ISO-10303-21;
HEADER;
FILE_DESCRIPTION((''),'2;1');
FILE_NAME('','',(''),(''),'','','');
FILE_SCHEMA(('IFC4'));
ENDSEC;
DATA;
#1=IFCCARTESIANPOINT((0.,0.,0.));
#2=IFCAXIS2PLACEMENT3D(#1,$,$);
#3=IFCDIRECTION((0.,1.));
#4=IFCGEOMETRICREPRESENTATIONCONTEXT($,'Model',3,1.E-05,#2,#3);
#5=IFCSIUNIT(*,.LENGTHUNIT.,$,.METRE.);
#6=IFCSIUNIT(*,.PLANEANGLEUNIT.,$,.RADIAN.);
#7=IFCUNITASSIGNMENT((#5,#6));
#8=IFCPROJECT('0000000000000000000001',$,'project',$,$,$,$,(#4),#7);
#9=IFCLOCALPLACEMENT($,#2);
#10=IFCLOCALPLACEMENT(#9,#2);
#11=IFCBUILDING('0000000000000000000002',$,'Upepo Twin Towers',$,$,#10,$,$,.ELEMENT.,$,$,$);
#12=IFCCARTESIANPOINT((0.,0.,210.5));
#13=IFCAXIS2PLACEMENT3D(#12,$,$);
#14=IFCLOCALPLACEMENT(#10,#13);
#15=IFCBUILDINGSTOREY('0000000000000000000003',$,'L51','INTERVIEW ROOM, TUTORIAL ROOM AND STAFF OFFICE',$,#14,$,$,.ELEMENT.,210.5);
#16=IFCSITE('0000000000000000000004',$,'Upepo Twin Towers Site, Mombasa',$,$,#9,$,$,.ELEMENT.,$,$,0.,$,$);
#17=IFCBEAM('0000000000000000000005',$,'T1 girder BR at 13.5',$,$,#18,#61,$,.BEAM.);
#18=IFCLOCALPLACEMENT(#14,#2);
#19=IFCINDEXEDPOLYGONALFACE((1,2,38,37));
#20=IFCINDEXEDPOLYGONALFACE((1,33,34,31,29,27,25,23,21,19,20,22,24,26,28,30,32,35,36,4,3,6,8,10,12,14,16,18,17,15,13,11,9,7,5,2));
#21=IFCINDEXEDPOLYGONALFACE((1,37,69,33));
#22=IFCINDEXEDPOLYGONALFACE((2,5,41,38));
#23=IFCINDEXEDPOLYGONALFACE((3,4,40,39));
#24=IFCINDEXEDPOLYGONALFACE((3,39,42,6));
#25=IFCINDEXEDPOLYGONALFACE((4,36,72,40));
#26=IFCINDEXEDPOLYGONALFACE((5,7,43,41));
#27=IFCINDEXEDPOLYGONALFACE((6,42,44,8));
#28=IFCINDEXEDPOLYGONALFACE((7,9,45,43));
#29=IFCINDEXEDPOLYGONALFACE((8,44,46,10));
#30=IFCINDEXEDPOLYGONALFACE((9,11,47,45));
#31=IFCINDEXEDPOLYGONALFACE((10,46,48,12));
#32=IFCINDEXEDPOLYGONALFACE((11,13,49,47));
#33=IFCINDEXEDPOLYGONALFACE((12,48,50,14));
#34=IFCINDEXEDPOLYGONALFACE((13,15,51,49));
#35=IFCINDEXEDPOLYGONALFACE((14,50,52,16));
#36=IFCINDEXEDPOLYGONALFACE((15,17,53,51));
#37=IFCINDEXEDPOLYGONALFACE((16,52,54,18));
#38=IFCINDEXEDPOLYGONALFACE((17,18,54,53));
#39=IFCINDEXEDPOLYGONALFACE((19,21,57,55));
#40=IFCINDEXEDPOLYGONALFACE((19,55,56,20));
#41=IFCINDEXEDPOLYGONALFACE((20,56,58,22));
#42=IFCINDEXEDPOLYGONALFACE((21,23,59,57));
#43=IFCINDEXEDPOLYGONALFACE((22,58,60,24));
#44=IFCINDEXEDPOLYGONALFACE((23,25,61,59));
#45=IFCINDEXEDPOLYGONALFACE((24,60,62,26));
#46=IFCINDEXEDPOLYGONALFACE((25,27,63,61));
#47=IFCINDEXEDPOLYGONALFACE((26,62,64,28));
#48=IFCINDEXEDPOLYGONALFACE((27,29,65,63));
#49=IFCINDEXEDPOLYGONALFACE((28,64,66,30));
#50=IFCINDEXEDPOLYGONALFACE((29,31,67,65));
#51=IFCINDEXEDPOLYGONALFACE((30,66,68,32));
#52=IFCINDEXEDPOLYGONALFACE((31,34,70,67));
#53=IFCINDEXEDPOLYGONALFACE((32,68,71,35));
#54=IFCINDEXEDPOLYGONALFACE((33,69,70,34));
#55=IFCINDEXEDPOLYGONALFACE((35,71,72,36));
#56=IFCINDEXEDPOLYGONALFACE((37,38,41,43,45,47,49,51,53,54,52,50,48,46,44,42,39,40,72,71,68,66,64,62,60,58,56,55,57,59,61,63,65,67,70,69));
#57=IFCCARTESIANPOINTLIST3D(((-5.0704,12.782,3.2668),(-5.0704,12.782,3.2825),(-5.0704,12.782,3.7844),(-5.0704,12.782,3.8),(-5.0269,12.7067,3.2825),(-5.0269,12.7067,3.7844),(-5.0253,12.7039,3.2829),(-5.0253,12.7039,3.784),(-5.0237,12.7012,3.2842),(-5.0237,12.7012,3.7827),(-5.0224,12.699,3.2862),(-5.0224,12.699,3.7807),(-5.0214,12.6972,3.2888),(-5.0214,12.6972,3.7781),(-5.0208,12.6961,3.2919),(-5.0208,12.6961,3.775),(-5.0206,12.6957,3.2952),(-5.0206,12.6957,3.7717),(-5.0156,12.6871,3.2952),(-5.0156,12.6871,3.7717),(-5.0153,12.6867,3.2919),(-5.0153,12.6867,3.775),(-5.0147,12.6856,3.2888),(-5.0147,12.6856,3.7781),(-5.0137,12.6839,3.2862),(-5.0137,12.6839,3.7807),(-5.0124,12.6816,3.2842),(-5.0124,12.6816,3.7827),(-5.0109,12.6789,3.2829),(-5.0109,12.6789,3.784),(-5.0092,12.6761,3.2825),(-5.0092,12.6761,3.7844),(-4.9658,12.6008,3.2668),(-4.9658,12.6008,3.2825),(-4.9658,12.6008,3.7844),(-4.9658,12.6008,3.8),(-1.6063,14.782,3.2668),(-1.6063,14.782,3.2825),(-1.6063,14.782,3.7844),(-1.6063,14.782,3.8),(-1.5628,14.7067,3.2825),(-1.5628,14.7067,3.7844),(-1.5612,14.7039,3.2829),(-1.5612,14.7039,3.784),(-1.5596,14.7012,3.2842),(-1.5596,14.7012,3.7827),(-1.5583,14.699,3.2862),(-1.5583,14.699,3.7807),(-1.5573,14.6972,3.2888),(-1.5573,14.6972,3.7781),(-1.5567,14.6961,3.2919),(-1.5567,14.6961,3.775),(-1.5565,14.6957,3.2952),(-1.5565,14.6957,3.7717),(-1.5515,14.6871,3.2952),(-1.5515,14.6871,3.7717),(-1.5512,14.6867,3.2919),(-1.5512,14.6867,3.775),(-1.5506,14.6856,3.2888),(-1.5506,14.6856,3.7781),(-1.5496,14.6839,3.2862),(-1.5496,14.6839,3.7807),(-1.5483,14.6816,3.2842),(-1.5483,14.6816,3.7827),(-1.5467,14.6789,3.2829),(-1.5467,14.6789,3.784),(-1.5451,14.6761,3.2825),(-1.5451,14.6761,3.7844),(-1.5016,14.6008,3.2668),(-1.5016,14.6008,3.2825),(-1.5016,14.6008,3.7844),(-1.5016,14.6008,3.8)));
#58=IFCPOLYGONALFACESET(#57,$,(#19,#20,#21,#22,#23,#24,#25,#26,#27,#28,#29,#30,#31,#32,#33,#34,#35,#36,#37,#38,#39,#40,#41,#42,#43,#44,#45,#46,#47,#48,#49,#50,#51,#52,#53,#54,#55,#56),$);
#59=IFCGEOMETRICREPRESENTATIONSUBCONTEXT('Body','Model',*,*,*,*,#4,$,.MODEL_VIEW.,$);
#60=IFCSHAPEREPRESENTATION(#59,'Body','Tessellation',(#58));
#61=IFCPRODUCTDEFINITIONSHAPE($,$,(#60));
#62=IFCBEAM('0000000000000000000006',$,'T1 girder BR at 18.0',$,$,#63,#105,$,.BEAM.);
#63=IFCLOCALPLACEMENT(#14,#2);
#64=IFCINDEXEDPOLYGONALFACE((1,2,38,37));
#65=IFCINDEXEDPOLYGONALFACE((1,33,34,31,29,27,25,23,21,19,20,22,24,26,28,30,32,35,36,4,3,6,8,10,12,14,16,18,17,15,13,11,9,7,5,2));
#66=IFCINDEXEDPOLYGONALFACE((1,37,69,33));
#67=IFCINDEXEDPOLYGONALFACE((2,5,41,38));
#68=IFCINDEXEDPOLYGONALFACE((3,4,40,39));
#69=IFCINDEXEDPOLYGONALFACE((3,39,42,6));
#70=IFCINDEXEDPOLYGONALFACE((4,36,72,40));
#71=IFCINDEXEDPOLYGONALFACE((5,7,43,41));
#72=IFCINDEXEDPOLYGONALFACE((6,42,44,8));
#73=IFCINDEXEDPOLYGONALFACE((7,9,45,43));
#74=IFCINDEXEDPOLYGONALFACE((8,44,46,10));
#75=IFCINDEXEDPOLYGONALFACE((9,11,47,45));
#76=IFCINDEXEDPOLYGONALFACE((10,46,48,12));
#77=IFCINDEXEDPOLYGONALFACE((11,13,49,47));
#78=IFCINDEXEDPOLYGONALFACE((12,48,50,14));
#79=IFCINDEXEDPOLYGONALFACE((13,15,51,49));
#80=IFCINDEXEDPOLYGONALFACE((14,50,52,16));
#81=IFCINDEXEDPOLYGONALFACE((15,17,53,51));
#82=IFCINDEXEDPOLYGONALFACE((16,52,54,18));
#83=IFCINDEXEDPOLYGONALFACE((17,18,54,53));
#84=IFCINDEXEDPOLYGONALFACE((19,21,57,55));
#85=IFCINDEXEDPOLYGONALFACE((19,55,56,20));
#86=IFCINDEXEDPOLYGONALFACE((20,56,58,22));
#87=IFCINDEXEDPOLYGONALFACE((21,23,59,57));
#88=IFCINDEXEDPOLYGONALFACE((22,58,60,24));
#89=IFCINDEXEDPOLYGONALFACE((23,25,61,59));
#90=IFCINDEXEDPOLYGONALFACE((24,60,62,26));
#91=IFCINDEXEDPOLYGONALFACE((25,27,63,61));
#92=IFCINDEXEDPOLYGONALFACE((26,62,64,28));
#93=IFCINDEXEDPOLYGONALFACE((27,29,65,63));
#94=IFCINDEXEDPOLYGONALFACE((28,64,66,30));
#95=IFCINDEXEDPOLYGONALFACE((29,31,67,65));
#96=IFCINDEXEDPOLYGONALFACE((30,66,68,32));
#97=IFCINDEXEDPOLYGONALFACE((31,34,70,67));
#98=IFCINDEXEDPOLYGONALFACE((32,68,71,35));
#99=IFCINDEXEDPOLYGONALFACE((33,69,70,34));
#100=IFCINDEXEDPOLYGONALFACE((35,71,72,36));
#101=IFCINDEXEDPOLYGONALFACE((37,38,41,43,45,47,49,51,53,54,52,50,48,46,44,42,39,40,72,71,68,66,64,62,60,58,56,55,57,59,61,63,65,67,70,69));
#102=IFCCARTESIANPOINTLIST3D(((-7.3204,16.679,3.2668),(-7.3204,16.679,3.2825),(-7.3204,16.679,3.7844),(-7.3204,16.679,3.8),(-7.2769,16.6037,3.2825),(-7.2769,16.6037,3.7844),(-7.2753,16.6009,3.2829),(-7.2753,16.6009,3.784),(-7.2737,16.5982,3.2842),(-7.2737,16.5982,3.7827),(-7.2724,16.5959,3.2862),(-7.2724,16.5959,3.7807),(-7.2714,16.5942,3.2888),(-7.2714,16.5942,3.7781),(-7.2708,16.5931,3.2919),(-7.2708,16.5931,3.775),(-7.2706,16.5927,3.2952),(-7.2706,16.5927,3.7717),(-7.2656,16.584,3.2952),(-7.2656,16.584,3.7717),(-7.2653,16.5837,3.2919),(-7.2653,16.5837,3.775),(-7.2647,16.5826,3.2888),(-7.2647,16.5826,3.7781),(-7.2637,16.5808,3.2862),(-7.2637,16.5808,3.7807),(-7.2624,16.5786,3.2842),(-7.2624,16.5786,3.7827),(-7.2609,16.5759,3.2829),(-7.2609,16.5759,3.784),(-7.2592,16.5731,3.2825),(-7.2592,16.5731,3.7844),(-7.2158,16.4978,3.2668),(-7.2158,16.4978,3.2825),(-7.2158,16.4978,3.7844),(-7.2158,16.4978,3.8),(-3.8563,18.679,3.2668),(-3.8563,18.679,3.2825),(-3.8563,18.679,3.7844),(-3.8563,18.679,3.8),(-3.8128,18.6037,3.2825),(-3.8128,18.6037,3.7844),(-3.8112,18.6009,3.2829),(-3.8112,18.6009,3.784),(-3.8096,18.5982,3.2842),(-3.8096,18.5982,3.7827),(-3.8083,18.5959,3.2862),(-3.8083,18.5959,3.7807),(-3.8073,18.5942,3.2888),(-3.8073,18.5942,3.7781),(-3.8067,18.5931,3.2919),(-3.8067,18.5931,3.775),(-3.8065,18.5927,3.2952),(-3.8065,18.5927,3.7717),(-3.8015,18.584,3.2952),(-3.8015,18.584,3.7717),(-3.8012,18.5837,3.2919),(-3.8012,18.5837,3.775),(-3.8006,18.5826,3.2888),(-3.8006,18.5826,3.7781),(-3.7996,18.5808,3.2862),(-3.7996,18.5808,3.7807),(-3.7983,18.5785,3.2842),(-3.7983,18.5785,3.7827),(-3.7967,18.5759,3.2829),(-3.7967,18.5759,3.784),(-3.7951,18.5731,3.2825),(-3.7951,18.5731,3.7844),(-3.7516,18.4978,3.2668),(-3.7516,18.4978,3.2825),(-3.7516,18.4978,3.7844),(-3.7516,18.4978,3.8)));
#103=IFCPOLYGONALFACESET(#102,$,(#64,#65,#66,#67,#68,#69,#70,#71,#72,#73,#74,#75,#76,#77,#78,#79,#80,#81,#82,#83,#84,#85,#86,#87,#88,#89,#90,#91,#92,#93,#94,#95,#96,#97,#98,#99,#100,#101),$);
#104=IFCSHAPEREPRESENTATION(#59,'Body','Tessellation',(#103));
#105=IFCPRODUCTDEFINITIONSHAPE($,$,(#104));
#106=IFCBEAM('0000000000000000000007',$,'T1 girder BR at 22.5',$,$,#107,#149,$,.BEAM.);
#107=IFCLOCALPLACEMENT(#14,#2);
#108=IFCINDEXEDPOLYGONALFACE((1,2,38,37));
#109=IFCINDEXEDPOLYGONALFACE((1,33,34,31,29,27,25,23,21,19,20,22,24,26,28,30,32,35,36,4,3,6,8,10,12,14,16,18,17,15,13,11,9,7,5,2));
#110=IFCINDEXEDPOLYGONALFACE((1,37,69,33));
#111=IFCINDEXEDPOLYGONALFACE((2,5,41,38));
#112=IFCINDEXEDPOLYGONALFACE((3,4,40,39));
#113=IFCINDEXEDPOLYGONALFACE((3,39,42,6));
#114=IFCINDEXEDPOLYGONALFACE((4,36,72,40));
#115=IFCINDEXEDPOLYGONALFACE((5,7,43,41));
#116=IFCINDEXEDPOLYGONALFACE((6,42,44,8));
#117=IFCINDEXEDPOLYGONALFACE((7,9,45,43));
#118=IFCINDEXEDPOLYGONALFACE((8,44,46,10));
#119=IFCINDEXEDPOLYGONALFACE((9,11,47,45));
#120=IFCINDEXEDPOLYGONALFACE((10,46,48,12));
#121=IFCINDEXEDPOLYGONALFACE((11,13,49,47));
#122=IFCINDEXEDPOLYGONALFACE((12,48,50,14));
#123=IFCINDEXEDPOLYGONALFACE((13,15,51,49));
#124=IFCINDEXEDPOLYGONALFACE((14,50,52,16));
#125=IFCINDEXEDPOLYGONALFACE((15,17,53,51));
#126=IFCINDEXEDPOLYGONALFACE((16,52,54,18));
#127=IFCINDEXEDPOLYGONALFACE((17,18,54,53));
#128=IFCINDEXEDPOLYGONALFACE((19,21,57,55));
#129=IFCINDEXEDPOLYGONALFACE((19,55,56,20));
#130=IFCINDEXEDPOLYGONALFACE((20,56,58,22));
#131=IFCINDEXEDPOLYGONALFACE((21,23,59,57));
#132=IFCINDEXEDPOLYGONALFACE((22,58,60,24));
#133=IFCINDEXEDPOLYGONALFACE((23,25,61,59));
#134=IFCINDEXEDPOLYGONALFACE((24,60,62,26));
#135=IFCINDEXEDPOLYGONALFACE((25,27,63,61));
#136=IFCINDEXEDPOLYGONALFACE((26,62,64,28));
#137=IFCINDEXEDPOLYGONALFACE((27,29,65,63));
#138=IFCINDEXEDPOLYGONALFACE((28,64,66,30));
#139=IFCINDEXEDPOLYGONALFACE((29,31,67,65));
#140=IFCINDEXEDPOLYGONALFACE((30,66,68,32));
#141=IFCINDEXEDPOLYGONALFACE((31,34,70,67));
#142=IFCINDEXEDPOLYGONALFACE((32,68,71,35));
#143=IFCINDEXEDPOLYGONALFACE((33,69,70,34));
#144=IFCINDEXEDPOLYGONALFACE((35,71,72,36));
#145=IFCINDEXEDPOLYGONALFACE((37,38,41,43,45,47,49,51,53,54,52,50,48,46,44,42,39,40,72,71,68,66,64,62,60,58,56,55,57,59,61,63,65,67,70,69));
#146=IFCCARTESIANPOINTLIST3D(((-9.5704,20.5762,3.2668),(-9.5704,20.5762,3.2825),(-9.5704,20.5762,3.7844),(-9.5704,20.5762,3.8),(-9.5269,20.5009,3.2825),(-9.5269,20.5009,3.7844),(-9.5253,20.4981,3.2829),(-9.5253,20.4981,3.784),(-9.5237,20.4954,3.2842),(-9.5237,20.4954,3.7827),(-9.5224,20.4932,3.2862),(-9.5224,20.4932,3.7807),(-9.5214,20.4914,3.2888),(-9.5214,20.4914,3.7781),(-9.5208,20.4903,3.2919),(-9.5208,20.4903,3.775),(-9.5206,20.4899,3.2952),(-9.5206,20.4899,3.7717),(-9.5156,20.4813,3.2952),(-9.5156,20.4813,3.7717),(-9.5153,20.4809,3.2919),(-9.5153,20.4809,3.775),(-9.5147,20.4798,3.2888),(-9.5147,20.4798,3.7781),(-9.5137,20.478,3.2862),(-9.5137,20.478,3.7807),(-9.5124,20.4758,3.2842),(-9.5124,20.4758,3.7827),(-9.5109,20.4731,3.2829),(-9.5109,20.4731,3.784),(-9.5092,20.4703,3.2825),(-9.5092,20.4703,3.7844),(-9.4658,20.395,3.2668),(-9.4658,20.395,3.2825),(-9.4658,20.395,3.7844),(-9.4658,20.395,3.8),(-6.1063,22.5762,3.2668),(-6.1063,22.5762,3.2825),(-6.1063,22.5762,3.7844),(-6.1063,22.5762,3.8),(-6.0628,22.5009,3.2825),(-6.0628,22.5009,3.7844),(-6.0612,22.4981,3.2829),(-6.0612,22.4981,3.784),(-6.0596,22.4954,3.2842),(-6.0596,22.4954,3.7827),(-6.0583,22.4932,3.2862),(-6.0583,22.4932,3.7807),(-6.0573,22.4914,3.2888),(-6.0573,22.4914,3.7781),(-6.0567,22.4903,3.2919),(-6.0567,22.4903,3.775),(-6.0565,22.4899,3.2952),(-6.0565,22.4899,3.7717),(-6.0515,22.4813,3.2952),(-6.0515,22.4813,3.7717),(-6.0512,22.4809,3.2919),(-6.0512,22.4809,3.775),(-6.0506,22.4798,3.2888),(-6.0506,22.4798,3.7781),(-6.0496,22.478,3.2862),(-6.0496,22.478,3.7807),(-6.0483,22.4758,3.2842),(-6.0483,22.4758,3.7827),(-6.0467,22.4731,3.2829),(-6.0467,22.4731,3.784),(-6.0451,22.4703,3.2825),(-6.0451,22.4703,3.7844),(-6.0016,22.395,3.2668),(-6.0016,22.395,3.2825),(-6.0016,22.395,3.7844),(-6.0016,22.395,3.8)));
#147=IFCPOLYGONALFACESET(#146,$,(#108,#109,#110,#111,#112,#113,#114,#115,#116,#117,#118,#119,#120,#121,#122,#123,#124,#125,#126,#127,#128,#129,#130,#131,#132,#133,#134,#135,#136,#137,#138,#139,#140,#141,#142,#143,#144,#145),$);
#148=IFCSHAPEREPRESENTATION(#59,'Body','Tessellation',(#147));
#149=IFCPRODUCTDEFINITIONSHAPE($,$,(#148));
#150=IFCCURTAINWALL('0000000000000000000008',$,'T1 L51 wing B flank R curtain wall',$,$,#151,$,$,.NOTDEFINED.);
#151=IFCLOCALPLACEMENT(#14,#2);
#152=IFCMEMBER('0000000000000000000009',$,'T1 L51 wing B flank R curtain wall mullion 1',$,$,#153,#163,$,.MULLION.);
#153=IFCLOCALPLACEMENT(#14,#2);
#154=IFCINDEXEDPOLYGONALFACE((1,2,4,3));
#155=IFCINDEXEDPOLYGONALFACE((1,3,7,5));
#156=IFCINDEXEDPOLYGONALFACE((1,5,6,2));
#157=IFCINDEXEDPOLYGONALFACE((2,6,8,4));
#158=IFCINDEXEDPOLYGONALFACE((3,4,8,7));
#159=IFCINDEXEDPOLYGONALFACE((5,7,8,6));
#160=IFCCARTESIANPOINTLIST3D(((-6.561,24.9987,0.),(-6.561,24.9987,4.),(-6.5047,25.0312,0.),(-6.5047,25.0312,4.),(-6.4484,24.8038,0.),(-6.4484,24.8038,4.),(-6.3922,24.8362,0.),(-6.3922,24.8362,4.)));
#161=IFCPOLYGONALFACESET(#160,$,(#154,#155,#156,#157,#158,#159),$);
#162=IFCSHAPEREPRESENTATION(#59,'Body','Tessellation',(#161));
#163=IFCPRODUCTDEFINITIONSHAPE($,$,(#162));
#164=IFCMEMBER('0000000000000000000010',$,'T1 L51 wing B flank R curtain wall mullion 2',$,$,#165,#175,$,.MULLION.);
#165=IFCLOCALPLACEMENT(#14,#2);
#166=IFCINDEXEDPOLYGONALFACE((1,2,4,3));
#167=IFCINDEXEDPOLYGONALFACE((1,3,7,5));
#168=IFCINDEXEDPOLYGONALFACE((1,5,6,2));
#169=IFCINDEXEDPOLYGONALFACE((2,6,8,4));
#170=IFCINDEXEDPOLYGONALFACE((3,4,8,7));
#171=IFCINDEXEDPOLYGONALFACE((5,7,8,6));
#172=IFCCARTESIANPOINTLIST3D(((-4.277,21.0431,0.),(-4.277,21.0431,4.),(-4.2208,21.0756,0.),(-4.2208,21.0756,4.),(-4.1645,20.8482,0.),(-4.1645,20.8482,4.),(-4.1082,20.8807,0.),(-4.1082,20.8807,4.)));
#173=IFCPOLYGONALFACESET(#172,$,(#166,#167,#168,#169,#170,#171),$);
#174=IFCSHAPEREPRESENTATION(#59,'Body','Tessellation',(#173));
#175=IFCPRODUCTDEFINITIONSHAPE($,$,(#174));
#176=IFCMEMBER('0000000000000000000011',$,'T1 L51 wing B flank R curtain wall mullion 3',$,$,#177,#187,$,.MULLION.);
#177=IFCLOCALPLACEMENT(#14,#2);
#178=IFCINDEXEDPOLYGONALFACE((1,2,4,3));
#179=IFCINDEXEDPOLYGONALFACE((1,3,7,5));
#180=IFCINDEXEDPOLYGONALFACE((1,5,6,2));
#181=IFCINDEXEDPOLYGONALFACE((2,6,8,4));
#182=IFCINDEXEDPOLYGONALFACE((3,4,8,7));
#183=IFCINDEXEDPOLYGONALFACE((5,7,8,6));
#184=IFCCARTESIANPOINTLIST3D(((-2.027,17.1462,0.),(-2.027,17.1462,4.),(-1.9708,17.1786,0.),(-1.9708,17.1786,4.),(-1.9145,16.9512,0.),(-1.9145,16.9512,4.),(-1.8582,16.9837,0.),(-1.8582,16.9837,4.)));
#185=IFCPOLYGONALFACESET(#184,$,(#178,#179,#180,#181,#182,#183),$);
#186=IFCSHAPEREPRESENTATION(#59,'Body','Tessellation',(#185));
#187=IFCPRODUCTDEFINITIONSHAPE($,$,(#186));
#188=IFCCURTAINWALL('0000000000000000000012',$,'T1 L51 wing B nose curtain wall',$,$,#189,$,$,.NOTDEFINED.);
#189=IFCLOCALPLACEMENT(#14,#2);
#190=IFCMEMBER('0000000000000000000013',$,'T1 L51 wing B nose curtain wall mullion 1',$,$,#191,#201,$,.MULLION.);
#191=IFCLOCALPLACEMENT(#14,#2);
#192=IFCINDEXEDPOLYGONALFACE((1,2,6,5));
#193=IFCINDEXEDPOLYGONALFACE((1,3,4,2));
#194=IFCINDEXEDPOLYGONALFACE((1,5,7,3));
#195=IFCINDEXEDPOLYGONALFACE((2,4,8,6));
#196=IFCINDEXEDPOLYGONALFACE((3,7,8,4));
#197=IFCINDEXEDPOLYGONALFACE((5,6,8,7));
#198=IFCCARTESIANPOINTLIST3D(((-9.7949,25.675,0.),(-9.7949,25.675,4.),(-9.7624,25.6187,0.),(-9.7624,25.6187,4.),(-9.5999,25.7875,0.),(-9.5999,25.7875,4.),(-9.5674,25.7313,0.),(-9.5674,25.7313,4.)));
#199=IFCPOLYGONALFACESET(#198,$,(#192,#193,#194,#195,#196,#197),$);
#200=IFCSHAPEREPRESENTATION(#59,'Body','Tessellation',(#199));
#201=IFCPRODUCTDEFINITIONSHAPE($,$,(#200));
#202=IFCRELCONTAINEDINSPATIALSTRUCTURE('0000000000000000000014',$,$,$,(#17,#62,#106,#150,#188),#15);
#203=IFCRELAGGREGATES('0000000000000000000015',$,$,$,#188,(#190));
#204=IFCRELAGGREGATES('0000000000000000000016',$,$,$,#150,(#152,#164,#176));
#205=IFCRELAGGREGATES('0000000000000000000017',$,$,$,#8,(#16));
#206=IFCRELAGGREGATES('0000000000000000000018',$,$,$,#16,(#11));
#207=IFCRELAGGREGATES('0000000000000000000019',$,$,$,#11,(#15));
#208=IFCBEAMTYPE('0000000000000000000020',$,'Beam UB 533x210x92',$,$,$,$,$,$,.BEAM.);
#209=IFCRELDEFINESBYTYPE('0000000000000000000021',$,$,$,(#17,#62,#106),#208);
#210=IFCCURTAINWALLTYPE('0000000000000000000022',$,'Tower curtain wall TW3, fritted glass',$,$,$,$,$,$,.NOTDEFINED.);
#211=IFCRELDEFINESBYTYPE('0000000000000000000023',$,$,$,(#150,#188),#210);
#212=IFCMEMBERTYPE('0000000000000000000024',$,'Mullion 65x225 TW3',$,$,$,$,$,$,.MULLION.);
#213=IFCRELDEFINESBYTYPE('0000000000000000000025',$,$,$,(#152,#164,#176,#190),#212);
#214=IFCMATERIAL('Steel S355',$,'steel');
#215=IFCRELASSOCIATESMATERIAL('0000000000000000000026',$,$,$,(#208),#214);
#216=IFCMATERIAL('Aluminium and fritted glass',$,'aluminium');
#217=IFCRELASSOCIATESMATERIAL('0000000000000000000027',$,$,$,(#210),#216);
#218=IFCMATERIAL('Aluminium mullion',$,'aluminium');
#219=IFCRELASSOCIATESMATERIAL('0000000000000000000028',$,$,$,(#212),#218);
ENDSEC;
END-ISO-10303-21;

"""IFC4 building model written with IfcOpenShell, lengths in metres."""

from ifc_helpers import new_model, si_unit, direction, frame, origin, origin_2d, place, context, subcontext, project, spatial, rectangle, i_section, extrude, material, material_profile, profile_set, type_object, element, aggregate, save


model = new_model("IFC4")

# Units and contexts
model_context = context("Model", 3, precision=1e-05, world=origin(), true_north=direction((0.0, 1.0)))
body_context = subcontext(model_context, "Body", "Model", "MODEL_VIEW")
ifc_project = project(units=[si_unit("LENGTHUNIT", "METRE"), si_unit("PLANEANGLEUNIT", "RADIAN")], contexts=[model_context])

# Site, building, storey
site_placement = place(None, origin())
site = spatial("IfcSite", under=ifc_project, at=site_placement, Name="Upepo Twin Towers Site, Mombasa", CompositionType="ELEMENT", RefElevation=0.0)
building_placement = place(site_placement, origin())
building = spatial("IfcBuilding", under=site, at=building_placement, Name="Upepo Twin Towers", CompositionType="ELEMENT")
storey_placement = place(building_placement, frame((0.0, 0.0, 210.5)))
storey = spatial("IfcBuildingStorey", under=building, at=storey_placement, Name="L51", Description="INTERVIEW ROOM, TUTORIAL ROOM AND STAFF OFFICE", CompositionType="ELEMENT", Elevation=210.5)

# Beams
ifc_material_1 = material(Name="Steel S355", Category="steel")
ifc_material_profile_1 = material_profile(ifc_material_1, i_section(OverallWidth=0.2092, OverallDepth=0.5332, WebThickness=0.01, FlangeThickness=0.0156, FilletRadius=0.0127, at=origin_2d()), Name="UB 533x210x92")
ifc_profile_set_1 = profile_set([ifc_material_profile_1], Name="Steel S355")
beam_type_1 = type_object("IfcBeamType", Name="Beam UB 533x210x92", PredefinedType="BEAM", material=ifc_profile_set_1)
for number, where, z_axis, x_axis, name in (
    (1, (-1.554, 14.6914, 3.5334), (-0.866026, -0.499999, 0.0), (0.499999, -0.866026, 0.0), "T1 girder BR at 13.5"),
    (2, (-3.804, 18.5884, 3.5334), (-0.866026, -0.499999, 0.0), (0.499999, -0.866026, 0.0), "T1 girder BR at 18.0"),
    (3, (-6.054, 22.4856, 3.5334), (-0.866026, -0.499999, 0.0), (0.499999, -0.866026, 0.0), "T1 girder BR at 22.5"),
):
    element("IfcBeam", number, at=place(storey_placement, frame(where, z_axis=z_axis, x_axis=x_axis)), inside=storey, type_object=beam_type_1, Name=name, PredefinedType="BEAM", context=body_context, shape_type="SweptSolid", body=[
        extrude(i_section(OverallWidth=0.2092, OverallDepth=0.5332, WebThickness=0.01, FlangeThickness=0.0156, FilletRadius=0.0127, at=origin_2d()), origin(), (0.0, 0.0, 1.0), 4.0),
    ])

# Curtain wall, members
ifc_material_2 = material(Name="Aluminium and fritted glass", Category="aluminium")
curtain_wall_type = type_object("IfcCurtainWallType", Name="Tower curtain wall TW3, fritted glass", PredefinedType="NOTDEFINED", material=ifc_material_2)
curtain_wall_1_placement = place(storey_placement, origin())
curtain_wall_1 = element("IfcCurtainWall", 4, at=curtain_wall_1_placement, inside=storey, type_object=curtain_wall_type, Name="T1 L51 wing B flank R curtain wall", PredefinedType="NOTDEFINED")
ifc_material_3 = material(Name="Aluminium mullion", Category="aluminium")
ifc_material_profile_2 = material_profile(ifc_material_3, rectangle(XDim=0.0649, YDim=0.2251, at=origin_2d()), Name="MULLION 65x225")
ifc_profile_set_2 = profile_set([ifc_material_profile_2], Name="Aluminium mullion")
member_type_1 = type_object("IfcMemberType", Name="Mullion 65x225 TW3", PredefinedType="MULLION", material=ifc_profile_set_2)
member_1_placement = place(storey_placement, frame((-6.4766, 24.9175, 0.0), z_axis=(0.0, 0.0, 1.0), x_axis=(0.866025, 0.5, 0.0)))
member_1 = element("IfcMember", 5, at=member_1_placement, type_object=member_type_1, Name="T1 L51 wing B flank R curtain wall mullion 1", PredefinedType="MULLION", context=body_context, shape_type="SweptSolid", body=[
    extrude(rectangle(XDim=0.0649, YDim=0.2251, at=origin_2d()), origin(), (0.0, 0.0, 1.0), 4.0),
])
member_2_placement = place(storey_placement, frame((-4.1926, 20.9619, 0.0), z_axis=(0.0, 0.0, 1.0), x_axis=(0.866025, 0.5, 0.0)))
member_2 = element("IfcMember", 6, at=member_2_placement, type_object=member_type_1, Name="T1 L51 wing B flank R curtain wall mullion 2", PredefinedType="MULLION", context=body_context, shape_type="SweptSolid", body=[
    extrude(rectangle(XDim=0.0649, YDim=0.2251, at=origin_2d()), origin(), (0.0, 0.0, 1.0), 4.0),
])
member_3_placement = place(storey_placement, frame((-1.9426, 17.0649, 0.0), z_axis=(0.0, 0.0, 1.0), x_axis=(0.866025, 0.5, 0.0)))
member_3 = element("IfcMember", 7, at=member_3_placement, type_object=member_type_1, Name="T1 L51 wing B flank R curtain wall mullion 3", PredefinedType="MULLION", context=body_context, shape_type="SweptSolid", body=[
    extrude(rectangle(XDim=0.0649, YDim=0.2251, at=origin_2d()), origin(), (0.0, 0.0, 1.0), 4.0),
])

# Curtain wall, member
curtain_wall_2_placement = place(storey_placement, origin())
curtain_wall_2 = element("IfcCurtainWall", 8, at=curtain_wall_2_placement, inside=storey, type_object=curtain_wall_type, Name="T1 L51 wing B nose curtain wall", PredefinedType="NOTDEFINED")
member_4_placement = place(storey_placement, frame((-9.6812, 25.7031, 0.0), z_axis=(0.0, 0.0, 1.0), x_axis=(0.5, -0.866025, 0.0)))
member_4 = element("IfcMember", 9, at=member_4_placement, type_object=member_type_1, Name="T1 L51 wing B nose curtain wall mullion 1", PredefinedType="MULLION", context=body_context, shape_type="SweptSolid", body=[
    extrude(rectangle(XDim=0.0649, YDim=0.2251, at=origin_2d()), origin(), (0.0, 0.0, 1.0), 4.0),
])

aggregate(curtain_wall_2, [member_4])

aggregate(curtain_wall_1, [member_1, member_2, member_3])

save(model, "model.ifc")
